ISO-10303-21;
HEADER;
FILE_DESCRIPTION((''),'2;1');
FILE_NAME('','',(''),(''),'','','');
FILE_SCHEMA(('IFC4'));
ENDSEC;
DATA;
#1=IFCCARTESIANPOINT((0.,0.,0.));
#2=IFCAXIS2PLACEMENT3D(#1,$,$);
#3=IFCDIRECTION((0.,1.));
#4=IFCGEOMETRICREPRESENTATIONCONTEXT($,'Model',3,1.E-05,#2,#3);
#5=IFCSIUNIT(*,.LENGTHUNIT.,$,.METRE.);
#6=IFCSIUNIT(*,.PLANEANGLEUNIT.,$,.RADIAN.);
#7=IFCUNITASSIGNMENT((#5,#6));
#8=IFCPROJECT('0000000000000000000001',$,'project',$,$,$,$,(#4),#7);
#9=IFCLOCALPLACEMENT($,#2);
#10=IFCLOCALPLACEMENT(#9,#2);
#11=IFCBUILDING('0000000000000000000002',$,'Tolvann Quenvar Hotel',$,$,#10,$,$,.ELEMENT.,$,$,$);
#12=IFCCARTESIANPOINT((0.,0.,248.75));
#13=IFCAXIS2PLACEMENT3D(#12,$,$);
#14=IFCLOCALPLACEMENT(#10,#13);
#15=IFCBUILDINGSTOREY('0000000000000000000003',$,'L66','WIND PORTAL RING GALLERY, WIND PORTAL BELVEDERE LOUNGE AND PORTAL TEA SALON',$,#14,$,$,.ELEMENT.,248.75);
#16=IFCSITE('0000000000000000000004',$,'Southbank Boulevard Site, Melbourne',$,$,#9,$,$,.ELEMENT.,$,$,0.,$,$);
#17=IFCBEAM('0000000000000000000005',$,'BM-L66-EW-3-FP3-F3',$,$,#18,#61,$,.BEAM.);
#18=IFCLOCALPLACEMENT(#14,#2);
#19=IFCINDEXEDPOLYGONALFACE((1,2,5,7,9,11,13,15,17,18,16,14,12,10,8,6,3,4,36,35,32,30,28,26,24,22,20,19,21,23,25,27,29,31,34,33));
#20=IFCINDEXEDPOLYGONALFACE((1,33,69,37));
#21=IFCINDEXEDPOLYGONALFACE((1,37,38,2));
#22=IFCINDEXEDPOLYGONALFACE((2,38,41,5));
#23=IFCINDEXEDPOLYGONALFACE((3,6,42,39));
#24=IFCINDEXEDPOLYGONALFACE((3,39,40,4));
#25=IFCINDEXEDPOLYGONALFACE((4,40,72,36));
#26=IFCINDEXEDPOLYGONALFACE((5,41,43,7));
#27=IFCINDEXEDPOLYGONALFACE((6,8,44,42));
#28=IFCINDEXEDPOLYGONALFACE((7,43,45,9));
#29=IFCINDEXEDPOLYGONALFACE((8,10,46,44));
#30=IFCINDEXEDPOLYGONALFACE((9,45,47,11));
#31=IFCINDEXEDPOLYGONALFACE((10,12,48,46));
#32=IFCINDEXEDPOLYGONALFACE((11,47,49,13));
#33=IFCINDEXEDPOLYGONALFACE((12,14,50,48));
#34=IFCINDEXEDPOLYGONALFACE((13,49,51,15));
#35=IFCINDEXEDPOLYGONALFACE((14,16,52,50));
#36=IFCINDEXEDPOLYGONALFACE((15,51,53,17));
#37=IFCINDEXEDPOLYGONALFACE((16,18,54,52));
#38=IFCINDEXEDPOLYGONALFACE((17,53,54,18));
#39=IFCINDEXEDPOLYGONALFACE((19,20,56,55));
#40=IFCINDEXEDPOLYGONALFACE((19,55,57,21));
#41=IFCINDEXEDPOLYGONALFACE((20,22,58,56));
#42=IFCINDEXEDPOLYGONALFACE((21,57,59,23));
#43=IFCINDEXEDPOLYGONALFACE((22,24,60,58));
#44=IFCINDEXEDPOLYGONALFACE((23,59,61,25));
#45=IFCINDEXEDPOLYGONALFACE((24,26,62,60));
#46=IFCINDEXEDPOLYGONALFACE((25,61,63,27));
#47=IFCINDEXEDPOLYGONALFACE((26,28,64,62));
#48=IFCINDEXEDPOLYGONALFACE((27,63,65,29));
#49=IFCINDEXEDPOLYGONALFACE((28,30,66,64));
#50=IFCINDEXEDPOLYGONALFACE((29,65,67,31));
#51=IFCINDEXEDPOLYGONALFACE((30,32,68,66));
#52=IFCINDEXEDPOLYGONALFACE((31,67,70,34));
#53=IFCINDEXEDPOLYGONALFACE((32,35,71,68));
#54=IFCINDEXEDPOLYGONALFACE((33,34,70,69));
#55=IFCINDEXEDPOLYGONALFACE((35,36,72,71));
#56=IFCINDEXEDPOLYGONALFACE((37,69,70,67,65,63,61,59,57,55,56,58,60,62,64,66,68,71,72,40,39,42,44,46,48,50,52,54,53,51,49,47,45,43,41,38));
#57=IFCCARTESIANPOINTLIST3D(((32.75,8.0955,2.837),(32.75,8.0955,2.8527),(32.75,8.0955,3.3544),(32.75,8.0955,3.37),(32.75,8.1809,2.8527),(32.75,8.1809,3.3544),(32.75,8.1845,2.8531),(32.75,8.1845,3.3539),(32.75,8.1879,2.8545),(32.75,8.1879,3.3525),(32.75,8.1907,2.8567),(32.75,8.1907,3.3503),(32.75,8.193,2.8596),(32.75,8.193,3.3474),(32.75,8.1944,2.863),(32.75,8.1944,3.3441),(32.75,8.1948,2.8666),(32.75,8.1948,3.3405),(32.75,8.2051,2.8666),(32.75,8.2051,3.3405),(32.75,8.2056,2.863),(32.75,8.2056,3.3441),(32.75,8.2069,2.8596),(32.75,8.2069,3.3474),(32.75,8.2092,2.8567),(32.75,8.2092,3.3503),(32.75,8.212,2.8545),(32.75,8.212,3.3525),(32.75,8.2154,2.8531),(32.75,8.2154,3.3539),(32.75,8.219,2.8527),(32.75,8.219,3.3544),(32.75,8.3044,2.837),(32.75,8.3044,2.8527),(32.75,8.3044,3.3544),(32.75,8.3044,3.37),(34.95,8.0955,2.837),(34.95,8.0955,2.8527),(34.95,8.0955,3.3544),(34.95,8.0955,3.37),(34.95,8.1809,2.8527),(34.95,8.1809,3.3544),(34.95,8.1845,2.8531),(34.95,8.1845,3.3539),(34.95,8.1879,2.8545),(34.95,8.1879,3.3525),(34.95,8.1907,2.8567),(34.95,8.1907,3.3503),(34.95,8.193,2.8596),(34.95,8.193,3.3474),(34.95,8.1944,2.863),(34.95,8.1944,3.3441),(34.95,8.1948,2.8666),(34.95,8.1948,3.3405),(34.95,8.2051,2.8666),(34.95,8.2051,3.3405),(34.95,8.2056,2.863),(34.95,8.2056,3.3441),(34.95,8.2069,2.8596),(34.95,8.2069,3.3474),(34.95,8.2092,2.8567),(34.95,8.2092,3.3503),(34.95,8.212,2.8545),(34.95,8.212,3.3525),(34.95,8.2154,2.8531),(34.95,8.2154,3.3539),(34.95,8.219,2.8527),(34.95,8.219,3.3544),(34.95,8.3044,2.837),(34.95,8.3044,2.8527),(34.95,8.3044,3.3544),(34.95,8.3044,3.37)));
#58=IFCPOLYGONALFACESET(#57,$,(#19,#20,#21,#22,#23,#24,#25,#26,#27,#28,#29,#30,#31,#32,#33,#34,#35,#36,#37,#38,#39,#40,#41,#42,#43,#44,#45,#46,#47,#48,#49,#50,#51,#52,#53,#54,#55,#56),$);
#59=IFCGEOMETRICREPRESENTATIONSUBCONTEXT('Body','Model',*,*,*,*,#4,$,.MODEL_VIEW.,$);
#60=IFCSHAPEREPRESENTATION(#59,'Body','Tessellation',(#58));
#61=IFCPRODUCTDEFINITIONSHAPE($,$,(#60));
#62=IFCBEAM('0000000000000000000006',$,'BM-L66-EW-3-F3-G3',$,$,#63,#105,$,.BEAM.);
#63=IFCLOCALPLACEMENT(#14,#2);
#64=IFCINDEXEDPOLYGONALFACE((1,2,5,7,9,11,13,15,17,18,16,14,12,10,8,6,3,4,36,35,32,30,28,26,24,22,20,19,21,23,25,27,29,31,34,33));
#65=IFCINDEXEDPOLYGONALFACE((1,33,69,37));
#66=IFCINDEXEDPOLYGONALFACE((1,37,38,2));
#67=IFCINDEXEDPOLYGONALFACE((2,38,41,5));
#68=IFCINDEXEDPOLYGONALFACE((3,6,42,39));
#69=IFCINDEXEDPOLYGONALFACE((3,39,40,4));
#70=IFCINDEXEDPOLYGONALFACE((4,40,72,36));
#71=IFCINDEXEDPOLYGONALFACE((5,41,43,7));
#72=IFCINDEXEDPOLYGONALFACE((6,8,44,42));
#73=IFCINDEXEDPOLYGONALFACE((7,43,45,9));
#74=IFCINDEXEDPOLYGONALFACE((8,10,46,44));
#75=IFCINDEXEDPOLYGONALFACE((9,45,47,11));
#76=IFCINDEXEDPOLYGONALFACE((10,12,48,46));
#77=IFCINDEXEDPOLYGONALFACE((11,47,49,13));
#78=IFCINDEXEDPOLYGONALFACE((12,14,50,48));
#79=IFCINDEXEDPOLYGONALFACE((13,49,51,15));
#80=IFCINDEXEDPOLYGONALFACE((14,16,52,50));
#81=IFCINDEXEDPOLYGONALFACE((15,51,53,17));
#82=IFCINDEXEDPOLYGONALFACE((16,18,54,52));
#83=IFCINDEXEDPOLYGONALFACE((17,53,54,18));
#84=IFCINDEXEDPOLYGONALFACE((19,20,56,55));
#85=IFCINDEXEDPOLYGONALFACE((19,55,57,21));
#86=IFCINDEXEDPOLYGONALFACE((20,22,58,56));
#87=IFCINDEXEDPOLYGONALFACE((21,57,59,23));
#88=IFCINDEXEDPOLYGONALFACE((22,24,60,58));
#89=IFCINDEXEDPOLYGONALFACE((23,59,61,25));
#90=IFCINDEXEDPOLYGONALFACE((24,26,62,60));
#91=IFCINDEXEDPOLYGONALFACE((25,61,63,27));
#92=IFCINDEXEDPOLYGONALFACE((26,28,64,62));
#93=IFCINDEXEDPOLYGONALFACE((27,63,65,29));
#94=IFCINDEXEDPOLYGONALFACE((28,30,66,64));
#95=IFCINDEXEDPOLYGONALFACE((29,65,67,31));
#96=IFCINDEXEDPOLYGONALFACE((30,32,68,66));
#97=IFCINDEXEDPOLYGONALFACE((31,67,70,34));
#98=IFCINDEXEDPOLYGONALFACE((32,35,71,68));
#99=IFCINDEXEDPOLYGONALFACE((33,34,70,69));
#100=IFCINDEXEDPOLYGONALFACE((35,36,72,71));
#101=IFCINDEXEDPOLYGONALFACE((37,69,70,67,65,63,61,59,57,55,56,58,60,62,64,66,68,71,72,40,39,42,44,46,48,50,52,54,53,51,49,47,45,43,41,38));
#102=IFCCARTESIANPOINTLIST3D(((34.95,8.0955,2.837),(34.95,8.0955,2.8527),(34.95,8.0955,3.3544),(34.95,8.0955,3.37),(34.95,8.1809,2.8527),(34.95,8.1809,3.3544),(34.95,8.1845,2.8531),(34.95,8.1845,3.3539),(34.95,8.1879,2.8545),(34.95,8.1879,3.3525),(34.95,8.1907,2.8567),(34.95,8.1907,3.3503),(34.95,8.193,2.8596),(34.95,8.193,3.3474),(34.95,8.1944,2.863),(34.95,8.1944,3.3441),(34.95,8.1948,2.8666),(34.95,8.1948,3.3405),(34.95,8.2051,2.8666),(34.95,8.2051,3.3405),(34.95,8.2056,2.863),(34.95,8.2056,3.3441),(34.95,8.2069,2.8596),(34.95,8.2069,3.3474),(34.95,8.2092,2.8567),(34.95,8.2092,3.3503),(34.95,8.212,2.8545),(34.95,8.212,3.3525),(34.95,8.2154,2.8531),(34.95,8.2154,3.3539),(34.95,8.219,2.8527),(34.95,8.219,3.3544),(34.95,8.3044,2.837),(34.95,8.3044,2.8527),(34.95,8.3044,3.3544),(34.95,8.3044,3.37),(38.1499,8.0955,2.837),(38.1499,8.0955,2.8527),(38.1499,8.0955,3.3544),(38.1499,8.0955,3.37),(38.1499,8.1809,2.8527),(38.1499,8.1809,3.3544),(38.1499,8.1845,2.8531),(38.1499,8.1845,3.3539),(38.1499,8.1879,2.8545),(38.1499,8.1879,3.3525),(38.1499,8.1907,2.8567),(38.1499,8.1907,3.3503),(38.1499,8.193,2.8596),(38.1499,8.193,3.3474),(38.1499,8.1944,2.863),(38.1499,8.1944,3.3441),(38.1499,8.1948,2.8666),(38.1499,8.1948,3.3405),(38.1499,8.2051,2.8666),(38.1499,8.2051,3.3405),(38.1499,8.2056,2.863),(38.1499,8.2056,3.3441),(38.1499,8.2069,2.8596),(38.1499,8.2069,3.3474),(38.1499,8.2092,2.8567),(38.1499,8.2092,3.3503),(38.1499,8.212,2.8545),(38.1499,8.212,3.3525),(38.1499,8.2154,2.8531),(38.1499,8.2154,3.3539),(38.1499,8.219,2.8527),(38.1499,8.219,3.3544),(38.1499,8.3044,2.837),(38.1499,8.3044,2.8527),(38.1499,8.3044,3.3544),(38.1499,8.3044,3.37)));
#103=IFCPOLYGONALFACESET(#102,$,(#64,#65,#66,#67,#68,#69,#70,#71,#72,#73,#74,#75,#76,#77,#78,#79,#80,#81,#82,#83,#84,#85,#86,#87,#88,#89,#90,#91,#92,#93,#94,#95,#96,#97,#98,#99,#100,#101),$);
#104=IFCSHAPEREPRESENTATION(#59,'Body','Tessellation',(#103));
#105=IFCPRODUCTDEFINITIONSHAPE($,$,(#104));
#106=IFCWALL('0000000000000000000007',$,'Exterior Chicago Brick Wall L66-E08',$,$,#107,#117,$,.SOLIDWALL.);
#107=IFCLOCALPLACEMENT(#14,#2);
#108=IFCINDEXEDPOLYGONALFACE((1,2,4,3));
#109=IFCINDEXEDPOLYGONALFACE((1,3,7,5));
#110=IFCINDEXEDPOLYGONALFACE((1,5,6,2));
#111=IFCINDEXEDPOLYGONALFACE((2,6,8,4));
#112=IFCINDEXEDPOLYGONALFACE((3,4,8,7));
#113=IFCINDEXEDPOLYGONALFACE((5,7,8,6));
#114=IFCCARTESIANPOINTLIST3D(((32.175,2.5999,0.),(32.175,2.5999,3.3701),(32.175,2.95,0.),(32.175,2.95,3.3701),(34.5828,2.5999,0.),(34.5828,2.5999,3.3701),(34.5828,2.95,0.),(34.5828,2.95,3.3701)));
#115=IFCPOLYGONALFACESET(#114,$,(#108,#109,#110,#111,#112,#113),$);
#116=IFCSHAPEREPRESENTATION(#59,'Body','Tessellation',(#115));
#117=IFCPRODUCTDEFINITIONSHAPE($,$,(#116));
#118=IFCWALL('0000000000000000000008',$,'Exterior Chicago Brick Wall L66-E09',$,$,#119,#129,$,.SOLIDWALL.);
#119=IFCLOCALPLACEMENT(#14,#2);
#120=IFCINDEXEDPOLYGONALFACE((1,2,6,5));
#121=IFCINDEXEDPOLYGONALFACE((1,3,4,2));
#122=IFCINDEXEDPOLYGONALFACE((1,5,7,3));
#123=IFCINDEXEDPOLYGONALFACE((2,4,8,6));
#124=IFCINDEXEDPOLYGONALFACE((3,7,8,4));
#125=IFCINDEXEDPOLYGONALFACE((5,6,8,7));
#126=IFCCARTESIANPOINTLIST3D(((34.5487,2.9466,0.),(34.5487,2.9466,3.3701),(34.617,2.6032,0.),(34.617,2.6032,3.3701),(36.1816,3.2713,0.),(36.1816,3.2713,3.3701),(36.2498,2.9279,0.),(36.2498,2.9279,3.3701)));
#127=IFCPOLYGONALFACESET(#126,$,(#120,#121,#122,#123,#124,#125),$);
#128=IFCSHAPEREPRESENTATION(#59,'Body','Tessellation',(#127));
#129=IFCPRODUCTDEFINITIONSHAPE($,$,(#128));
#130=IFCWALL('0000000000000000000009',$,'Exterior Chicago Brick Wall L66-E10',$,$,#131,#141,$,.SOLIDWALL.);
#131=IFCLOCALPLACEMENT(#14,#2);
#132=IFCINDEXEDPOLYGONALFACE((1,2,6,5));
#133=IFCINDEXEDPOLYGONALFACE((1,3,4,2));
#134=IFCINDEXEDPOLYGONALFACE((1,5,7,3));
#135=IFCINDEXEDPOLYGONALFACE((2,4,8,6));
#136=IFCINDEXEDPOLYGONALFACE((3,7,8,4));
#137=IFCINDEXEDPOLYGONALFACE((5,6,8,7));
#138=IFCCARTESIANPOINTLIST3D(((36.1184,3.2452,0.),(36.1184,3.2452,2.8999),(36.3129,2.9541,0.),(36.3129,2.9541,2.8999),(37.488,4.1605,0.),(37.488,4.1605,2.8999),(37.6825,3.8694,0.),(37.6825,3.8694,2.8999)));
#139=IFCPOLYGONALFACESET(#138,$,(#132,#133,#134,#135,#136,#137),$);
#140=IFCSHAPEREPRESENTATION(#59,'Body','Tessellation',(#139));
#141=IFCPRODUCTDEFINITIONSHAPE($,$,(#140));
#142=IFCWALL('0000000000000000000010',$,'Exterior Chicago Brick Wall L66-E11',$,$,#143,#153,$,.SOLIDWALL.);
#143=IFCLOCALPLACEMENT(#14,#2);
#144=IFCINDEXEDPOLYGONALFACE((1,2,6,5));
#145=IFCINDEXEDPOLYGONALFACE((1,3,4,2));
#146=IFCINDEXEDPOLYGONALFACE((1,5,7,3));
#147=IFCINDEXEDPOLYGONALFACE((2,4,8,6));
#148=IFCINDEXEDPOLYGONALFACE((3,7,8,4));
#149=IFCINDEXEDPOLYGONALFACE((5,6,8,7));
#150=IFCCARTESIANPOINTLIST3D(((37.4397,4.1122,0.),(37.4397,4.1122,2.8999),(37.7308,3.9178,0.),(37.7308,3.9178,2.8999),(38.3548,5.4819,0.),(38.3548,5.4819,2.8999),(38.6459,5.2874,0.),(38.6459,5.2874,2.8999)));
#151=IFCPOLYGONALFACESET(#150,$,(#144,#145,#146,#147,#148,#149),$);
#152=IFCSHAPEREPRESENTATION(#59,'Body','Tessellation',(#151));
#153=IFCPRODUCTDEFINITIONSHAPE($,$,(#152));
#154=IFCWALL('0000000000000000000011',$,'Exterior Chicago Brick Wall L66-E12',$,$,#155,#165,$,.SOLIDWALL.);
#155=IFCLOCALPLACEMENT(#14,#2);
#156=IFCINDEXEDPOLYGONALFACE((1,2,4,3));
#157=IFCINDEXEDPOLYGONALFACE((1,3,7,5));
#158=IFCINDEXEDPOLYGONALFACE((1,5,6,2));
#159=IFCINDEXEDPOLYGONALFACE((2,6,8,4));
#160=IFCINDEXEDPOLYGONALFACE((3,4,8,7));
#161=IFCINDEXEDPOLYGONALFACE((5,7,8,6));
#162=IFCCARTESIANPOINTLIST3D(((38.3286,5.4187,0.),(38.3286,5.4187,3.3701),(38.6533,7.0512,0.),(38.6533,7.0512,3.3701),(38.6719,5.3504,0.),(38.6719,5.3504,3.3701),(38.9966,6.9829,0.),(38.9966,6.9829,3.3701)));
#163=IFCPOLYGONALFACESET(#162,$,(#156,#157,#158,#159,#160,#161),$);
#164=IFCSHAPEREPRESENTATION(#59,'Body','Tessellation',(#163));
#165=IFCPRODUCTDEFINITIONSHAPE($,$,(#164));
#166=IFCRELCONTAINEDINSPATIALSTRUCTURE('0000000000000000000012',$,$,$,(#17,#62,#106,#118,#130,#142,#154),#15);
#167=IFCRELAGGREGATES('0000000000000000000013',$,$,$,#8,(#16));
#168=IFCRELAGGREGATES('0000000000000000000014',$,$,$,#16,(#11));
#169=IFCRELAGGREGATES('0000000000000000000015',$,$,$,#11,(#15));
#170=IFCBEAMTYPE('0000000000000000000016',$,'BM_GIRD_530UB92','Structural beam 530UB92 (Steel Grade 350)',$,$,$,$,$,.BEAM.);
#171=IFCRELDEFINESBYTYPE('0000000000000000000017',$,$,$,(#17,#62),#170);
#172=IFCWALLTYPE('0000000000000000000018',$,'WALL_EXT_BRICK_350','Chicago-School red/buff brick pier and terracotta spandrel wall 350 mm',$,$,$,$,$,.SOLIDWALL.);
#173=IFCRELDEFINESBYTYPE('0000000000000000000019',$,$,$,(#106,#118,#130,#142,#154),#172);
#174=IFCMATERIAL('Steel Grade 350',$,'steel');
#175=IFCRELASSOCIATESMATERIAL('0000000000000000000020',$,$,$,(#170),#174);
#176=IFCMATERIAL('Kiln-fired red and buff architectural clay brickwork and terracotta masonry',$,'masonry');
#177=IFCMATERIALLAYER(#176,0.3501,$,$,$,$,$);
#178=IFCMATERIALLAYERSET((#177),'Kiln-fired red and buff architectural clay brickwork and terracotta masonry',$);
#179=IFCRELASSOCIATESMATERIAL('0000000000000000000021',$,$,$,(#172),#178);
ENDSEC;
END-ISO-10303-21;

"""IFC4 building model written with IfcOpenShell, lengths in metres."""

from ifc_helpers import new_model, si_unit, direction, frame, frame_2d, origin, origin_2d, place, context, subcontext, project, spatial, rectangle, i_section, extrude, source, transform, mapped, material, layer, layer_set, material_profile, profile_set, type_object, element, save


model = new_model("IFC4")

# Units and contexts
model_context = context("Model", 3, precision=1e-05, world=origin(), true_north=direction((0.0, 1.0)))
body_context = subcontext(model_context, "Body", "Model", "MODEL_VIEW")
ifc_project = project(units=[si_unit("LENGTHUNIT", "METRE"), si_unit("PLANEANGLEUNIT", "RADIAN")], contexts=[model_context])

# Site, building, storey
site_placement = place(None, origin())
site = spatial("IfcSite", under=ifc_project, at=site_placement, Name="Southbank Boulevard Site, Melbourne", CompositionType="ELEMENT", RefElevation=0.0)
building_placement = place(site_placement, origin())
building = spatial("IfcBuilding", under=site, at=building_placement, Name="Tolvann Quenvar Hotel", CompositionType="ELEMENT")
storey_placement = place(building_placement, frame((0.0, 0.0, 248.75)))
storey = spatial("IfcBuildingStorey", under=building, at=storey_placement, Name="L66", Description="WIND PORTAL RING GALLERY, WIND PORTAL BELVEDERE LOUNGE AND PORTAL TEA SALON", CompositionType="ELEMENT", Elevation=248.75)

# Shared definitions
ifc_material_1 = material(Name="Steel Grade 350", Category="steel")

# Beams
ifc_material_profile_1 = material_profile(ifc_material_1, i_section(OverallWidth=0.209, OverallDepth=0.533, WebThickness=0.0103, FlangeThickness=0.0156, FilletRadius=0.0139, at=origin_2d()), Name="530UB92")
ifc_profile_set_1 = profile_set([ifc_material_profile_1], Name="Steel Grade 350")
beam_type_1 = type_object("IfcBeamType", Name="BM_GIRD_530UB92", Description="Structural beam 530UB92 (Steel Grade 350)", PredefinedType="BEAM", material=ifc_profile_set_1)
shared_shape_1 = source(origin(), body_context, "Body", "SweptSolid", [
    extrude(i_section(OverallWidth=0.209, OverallDepth=0.533, WebThickness=0.0103, FlangeThickness=0.0156, FilletRadius=0.0139, at=origin_2d()), origin(), (0.0, 0.0, 1.0), 2.2),
])
beam_1_placement = place(storey_placement, frame((32.75, 8.2, 3.1035), z_axis=(1.0, 0.0, 0.0), x_axis=(0.0, 1.0, 0.0)))
element("IfcBeam", 1, at=beam_1_placement, inside=storey, type_object=beam_type_1, Name="BM-L66-EW-3-FP3-F3", PredefinedType="BEAM", context=body_context, shape_type="MappedRepresentation", body=[
    mapped(shared_shape_1, transform((0.0, 0.0, 0.0), x_axis=(1.0, 0.0, 0.0), y_axis=(0.0, 1.0, 0.0), z_axis=(0.0, 0.0, 1.0), scale=1.0)),
])
shared_shape_2 = source(origin(), body_context, "Body", "SweptSolid", [
    extrude(i_section(OverallWidth=0.209, OverallDepth=0.533, WebThickness=0.0103, FlangeThickness=0.0156, FilletRadius=0.0139, at=origin_2d()), origin(), (0.0, 0.0, 1.0), 3.2),
])
beam_2_placement = place(storey_placement, frame((34.95, 8.2, 3.1035), z_axis=(1.0, 0.0, 0.0), x_axis=(0.0, 1.0, 0.0)))
element("IfcBeam", 2, at=beam_2_placement, inside=storey, type_object=beam_type_1, Name="BM-L66-EW-3-F3-G3", PredefinedType="BEAM", context=body_context, shape_type="MappedRepresentation", body=[
    mapped(shared_shape_2, transform((0.0, 0.0, 0.0), x_axis=(1.0, 0.0, 0.0), y_axis=(0.0, 1.0, 0.0), z_axis=(0.0, 0.0, 1.0), scale=1.0)),
])

# Walls
ifc_material_2 = material(Name="Kiln-fired red and buff architectural clay brickwork and terracotta masonry", Category="masonry")
ifc_layer = layer(ifc_material_2, 0.3501)
ifc_layer_set = layer_set([ifc_layer], Name="Kiln-fired red and buff architectural clay brickwork and terracotta masonry")
wall_type = type_object("IfcWallType", Name="WALL_EXT_BRICK_350", Description="Chicago-School red/buff brick pier and terracotta spandrel wall 350 mm", PredefinedType="SOLIDWALL", material=ifc_layer_set)
wall_1_placement = place(storey_placement, frame((32.175, 2.7749, 0.0), z_axis=(0.0, 0.0, 1.0), x_axis=(1.0, 0.0, 0.0)))
element("IfcWall", 3, at=wall_1_placement, inside=storey, type_object=wall_type, Name="Exterior Chicago Brick Wall L66-E08", PredefinedType="SOLIDWALL", context=body_context, shape_type="SweptSolid", body=[
    extrude(rectangle(XDim=2.4077, YDim=0.3501, at=frame_2d((1.2039, 0.0))), origin(), (0.0, 0.0, 1.0), 3.3701),
])
wall_2_placement = place(storey_placement, frame((34.5828, 2.7749, 0.0), z_axis=(0.0, 0.0, 1.0), x_axis=(0.980794, 0.195044, 0.0)))
element("IfcWall", 4, at=wall_2_placement, inside=storey, type_object=wall_type, Name="Exterior Chicago Brick Wall L66-E09", PredefinedType="SOLIDWALL", context=body_context, shape_type="SweptSolid", body=[
    extrude(rectangle(XDim=1.6648, YDim=0.3501, at=frame_2d((0.8325, 0.0))), origin(), (0.0, 0.0, 1.0), 3.3701),
])
for number, where, z_axis, x_axis, name in (
    (5, (36.2156, 3.0996, 0.0), (0.0, 0.0, 1.0), (0.831434, 0.555623, 0.0), "Exterior Chicago Brick Wall L66-E10"),
    (6, (37.5852, 4.0149, 0.0), (0.0, 0.0, 1.0), (0.555521, 0.831503, 0.0), "Exterior Chicago Brick Wall L66-E11"),
):
    element("IfcWall", number, at=place(storey_placement, frame(where, z_axis=z_axis, x_axis=x_axis)), inside=storey, type_object=wall_type, Name=name, PredefinedType="SOLIDWALL", context=body_context, shape_type="SweptSolid", body=[
        extrude(rectangle(XDim=1.6472, YDim=0.3501, at=frame_2d((0.8237, 0.0))), origin(), (0.0, 0.0, 1.0), 2.8999),
    ])
wall_3_placement = place(storey_placement, frame((38.5002, 5.3845, 0.0), z_axis=(0.0, 0.0, 1.0), x_axis=(0.195072, 0.980789, 0.0)))
element("IfcWall", 7, at=wall_3_placement, inside=storey, type_object=wall_type, Name="Exterior Chicago Brick Wall L66-E12", PredefinedType="SOLIDWALL", context=body_context, shape_type="SweptSolid", body=[
    extrude(rectangle(XDim=1.6646, YDim=0.3501, at=frame_2d((0.8323, 0.0))), origin(), (0.0, 0.0, 1.0), 3.3701),
])

save(model, "model.ifc")
